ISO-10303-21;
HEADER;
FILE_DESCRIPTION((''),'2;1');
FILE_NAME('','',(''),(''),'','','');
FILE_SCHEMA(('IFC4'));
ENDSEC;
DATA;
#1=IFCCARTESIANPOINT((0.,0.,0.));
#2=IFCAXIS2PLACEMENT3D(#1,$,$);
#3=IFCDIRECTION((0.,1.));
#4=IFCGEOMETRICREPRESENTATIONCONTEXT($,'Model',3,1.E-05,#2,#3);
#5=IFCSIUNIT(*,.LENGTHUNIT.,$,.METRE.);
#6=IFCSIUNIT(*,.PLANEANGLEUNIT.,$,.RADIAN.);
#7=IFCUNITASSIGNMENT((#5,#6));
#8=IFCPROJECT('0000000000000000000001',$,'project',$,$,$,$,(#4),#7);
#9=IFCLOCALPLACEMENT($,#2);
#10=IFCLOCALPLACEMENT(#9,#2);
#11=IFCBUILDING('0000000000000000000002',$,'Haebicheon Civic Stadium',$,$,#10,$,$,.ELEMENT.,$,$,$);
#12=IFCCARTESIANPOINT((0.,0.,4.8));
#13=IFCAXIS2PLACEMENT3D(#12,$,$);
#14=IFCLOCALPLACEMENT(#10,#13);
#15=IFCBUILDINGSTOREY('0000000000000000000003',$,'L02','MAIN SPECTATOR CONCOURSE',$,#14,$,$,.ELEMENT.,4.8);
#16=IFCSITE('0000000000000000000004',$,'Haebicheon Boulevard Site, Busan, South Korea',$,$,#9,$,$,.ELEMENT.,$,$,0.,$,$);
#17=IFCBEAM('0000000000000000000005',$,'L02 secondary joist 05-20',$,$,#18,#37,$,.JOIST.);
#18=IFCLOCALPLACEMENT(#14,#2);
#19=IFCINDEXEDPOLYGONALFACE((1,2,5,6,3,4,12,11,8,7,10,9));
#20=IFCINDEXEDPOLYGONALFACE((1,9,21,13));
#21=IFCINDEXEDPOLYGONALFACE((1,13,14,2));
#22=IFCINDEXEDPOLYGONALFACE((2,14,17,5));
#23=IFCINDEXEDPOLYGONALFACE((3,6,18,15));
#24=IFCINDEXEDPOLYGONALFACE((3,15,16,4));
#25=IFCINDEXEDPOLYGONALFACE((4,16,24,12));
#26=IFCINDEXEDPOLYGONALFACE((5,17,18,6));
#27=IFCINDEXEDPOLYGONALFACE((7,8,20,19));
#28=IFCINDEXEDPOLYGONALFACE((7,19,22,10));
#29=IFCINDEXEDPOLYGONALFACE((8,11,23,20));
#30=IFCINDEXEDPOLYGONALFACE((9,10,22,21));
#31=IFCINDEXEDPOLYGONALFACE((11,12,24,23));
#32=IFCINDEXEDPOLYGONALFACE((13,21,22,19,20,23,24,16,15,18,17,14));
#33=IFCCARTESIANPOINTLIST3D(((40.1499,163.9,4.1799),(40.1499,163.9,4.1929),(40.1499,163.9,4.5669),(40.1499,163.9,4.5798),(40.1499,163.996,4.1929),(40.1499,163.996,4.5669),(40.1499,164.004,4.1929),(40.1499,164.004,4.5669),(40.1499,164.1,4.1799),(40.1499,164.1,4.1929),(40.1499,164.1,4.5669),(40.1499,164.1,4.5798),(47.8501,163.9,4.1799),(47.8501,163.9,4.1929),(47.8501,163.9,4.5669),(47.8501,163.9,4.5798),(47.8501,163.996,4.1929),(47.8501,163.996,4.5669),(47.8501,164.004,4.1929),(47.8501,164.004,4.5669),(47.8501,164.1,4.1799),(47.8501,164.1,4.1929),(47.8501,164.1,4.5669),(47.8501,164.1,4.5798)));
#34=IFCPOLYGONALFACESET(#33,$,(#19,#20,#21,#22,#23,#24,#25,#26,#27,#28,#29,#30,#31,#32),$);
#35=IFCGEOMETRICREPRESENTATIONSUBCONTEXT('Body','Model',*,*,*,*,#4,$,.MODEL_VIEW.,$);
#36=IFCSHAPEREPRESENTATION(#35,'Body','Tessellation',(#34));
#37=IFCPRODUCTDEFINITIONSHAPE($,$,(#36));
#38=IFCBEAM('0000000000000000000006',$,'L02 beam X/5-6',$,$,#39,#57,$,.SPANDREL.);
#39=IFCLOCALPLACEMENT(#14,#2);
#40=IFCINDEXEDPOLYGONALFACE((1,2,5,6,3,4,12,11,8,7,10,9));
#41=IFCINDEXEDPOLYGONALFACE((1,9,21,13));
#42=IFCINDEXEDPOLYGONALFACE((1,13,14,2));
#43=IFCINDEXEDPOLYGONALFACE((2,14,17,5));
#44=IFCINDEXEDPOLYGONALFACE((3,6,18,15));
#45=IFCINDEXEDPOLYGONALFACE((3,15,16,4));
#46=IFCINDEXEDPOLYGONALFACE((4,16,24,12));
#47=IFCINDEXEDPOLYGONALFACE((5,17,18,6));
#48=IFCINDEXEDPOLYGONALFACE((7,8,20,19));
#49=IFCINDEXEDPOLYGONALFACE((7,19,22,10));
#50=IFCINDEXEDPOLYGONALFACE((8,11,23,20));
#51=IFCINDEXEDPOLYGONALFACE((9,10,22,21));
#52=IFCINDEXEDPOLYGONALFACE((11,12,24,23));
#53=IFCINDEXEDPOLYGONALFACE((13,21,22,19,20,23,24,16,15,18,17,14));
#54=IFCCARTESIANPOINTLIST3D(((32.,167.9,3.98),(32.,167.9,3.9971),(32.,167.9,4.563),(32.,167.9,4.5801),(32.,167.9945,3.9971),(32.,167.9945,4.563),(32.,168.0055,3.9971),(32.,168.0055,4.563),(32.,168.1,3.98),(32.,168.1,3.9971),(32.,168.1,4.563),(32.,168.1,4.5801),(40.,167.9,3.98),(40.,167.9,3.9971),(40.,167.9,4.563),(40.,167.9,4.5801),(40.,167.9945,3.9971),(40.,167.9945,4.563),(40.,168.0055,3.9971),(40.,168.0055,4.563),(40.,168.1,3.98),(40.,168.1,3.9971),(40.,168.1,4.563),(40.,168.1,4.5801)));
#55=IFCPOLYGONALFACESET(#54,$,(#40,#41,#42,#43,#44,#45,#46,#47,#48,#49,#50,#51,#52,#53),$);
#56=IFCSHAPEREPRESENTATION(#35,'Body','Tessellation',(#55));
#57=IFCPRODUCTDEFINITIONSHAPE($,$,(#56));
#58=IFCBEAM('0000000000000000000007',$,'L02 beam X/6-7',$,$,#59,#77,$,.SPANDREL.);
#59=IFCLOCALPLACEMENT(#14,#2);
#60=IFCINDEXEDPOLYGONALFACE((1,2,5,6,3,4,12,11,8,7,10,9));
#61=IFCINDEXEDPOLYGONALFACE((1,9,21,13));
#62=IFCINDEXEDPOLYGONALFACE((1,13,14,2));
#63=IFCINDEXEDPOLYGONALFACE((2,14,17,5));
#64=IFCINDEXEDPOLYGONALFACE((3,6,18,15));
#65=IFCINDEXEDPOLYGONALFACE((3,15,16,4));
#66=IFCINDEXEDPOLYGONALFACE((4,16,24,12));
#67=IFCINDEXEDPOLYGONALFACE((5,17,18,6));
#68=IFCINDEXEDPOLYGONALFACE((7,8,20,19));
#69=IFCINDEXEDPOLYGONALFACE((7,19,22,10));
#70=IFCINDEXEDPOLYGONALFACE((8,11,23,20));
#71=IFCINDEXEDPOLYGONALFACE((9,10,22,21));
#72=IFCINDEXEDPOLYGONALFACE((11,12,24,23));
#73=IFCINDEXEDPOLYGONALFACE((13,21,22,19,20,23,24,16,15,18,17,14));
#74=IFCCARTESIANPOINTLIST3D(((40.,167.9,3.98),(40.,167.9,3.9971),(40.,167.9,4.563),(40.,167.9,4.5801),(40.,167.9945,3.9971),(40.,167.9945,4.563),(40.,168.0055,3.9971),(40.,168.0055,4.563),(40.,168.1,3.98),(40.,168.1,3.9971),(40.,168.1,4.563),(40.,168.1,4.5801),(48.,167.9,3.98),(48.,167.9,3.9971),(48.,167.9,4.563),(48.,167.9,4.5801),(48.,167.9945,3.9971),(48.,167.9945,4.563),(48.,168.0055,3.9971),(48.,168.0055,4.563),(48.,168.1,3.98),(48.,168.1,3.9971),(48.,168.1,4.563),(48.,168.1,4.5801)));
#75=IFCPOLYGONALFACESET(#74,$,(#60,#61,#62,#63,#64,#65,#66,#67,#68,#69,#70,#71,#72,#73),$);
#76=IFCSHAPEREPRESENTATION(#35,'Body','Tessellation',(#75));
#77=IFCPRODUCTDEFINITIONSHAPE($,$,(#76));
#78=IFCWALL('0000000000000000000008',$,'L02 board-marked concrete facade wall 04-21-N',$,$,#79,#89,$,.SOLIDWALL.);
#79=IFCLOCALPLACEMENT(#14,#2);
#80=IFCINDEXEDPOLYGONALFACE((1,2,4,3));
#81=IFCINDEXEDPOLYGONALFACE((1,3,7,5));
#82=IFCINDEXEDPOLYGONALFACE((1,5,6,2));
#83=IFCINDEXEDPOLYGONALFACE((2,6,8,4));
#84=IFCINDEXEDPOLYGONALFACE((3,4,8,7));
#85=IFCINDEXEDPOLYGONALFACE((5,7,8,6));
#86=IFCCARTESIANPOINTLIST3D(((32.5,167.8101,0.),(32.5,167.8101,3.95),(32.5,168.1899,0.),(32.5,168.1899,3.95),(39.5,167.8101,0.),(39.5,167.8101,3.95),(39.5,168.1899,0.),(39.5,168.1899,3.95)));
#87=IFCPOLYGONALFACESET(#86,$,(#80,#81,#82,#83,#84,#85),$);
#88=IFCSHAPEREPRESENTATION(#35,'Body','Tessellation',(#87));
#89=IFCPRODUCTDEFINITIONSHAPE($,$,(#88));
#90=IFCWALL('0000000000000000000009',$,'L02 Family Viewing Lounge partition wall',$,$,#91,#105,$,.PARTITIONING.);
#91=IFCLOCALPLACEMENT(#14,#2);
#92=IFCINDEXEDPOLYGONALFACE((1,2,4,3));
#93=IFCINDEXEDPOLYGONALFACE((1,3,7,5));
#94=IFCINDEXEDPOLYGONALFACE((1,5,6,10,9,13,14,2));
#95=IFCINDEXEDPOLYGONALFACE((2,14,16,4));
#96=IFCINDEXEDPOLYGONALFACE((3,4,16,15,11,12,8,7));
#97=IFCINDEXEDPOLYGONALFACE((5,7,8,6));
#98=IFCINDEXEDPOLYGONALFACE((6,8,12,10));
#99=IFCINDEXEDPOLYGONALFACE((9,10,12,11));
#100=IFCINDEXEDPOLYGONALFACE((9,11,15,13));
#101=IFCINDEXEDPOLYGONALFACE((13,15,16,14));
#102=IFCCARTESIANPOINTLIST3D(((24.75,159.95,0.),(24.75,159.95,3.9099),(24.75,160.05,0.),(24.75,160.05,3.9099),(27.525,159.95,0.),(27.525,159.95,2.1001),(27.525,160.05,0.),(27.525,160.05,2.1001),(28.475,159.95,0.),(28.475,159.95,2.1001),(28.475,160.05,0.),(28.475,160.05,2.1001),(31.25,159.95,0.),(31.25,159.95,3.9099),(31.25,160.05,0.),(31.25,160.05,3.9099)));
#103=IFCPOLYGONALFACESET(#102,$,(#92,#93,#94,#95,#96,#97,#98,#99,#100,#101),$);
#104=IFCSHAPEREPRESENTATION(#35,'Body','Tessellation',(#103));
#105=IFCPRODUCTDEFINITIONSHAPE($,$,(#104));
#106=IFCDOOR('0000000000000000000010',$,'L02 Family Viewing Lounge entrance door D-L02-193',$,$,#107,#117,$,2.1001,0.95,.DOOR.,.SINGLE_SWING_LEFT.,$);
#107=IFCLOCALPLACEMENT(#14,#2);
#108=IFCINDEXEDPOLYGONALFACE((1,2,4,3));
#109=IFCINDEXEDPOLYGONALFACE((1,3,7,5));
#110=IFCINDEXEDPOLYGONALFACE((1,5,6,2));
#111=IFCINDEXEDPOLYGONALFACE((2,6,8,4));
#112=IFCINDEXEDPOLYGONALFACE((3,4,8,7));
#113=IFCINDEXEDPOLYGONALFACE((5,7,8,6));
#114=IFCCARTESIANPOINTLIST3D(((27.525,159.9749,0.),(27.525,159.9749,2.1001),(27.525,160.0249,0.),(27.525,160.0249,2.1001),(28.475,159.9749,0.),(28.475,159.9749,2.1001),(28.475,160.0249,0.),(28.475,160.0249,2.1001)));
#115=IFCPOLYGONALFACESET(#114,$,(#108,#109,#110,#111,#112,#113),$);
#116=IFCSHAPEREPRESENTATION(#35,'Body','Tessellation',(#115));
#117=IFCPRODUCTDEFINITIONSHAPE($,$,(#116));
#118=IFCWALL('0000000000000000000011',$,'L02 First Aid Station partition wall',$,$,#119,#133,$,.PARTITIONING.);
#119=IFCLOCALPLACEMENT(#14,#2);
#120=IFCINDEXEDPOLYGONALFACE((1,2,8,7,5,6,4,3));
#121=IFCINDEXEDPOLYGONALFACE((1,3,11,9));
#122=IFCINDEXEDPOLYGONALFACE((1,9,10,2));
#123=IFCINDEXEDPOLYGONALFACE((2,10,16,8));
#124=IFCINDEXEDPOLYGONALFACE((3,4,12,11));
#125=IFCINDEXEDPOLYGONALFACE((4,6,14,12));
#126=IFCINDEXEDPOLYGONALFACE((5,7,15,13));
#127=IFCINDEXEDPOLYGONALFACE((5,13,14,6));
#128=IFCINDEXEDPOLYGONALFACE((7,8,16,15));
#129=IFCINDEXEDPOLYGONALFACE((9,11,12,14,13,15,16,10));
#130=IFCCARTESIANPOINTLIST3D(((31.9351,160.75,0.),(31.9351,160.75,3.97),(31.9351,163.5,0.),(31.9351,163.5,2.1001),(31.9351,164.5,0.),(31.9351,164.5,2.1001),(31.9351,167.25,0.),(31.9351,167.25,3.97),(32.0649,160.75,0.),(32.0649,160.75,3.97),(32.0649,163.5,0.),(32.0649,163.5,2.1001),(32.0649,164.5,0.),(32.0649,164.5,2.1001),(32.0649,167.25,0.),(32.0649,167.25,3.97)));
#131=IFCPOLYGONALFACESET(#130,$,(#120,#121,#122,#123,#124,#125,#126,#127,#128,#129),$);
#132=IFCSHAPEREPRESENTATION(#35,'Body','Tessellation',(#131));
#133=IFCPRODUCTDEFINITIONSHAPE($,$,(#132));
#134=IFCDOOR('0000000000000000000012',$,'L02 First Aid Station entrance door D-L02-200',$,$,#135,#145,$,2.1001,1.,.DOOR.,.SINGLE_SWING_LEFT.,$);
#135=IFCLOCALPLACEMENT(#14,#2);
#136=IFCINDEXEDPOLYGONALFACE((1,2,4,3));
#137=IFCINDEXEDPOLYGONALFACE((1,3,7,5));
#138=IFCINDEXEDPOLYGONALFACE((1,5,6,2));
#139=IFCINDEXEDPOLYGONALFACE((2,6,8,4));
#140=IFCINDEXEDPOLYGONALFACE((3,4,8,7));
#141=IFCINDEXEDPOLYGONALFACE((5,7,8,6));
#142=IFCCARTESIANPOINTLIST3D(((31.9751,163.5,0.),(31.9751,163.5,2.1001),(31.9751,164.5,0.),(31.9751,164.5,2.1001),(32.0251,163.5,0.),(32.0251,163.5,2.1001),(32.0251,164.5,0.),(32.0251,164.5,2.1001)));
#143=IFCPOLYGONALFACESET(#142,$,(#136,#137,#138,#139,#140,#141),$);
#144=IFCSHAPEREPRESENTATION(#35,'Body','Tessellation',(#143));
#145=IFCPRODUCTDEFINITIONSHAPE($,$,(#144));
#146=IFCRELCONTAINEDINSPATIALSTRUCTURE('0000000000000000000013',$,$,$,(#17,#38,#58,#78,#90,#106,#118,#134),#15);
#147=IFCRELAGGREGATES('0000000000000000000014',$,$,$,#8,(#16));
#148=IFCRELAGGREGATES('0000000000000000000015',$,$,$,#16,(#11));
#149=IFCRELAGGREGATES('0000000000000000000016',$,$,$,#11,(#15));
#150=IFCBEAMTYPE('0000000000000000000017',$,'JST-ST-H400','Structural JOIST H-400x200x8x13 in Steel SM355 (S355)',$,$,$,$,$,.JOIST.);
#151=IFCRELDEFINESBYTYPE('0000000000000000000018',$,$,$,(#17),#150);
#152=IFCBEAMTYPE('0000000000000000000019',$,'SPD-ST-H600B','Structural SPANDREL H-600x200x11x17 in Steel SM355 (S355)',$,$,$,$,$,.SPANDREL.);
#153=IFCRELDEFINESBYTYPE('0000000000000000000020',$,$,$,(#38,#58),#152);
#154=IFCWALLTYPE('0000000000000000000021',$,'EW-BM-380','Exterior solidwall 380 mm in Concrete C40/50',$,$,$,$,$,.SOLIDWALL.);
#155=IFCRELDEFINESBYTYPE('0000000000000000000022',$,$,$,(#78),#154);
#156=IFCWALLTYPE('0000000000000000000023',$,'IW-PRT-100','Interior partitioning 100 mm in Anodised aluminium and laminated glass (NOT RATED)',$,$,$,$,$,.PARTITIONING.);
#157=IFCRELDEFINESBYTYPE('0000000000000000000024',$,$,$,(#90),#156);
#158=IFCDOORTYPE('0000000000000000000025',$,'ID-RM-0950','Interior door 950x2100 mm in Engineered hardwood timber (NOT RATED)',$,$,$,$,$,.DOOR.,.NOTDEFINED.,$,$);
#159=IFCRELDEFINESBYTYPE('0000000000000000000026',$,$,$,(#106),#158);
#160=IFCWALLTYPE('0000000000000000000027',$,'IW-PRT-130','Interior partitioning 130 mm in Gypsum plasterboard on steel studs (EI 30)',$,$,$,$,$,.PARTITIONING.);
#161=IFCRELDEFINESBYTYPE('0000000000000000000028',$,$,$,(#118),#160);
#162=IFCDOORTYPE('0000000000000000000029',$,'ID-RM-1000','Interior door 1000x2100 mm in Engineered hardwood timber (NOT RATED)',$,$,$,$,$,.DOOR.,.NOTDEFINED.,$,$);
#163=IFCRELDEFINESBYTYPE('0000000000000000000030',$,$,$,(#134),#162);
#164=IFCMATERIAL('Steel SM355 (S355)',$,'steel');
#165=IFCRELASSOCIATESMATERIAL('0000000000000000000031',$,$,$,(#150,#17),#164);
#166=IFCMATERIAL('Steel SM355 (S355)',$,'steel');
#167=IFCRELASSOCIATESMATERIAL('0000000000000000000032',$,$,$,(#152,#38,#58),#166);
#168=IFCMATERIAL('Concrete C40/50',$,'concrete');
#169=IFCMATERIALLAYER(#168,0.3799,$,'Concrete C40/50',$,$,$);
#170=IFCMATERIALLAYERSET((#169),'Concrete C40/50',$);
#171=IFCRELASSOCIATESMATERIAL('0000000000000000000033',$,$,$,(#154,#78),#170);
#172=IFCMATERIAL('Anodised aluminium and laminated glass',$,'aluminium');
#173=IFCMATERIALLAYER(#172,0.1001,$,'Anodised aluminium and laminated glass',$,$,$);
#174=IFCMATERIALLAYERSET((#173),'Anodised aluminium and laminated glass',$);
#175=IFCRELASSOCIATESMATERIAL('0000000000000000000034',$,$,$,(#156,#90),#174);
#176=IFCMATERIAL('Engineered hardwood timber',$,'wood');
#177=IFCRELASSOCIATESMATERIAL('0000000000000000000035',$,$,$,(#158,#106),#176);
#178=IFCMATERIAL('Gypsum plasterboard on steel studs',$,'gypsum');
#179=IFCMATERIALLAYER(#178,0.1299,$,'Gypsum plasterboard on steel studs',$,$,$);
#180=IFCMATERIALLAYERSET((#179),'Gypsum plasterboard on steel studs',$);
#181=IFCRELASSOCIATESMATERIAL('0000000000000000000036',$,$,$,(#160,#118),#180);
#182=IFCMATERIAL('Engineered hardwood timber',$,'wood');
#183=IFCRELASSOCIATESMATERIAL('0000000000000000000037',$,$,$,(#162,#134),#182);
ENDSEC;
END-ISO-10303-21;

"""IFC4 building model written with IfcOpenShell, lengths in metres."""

from ifc_helpers import new_model, si_unit, direction, frame, frame_2d, origin, origin_2d, place, context, subcontext, project, spatial, rectangle, i_section, extrude, material, layer, layer_set, material_profile, profile_set, type_object, element, fill, save


model = new_model("IFC4")

# Units and contexts
model_context = context("Model", 3, precision=1e-05, world=origin(), true_north=direction((0.0, 1.0)))
body_context = subcontext(model_context, "Body", "Model", "MODEL_VIEW")
ifc_project = project(units=[si_unit("LENGTHUNIT", "METRE"), si_unit("PLANEANGLEUNIT", "RADIAN")], contexts=[model_context])

# Site, building, storey
site_placement = place(None, origin())
site = spatial("IfcSite", under=ifc_project, at=site_placement, Name="Haebicheon Boulevard Site, Busan, South Korea", CompositionType="ELEMENT", RefElevation=0.0)
building_placement = place(site_placement, origin())
building = spatial("IfcBuilding", under=site, at=building_placement, Name="Haebicheon Civic Stadium", CompositionType="ELEMENT")
storey_placement = place(building_placement, frame((0.0, 0.0, 4.8)))
storey = spatial("IfcBuildingStorey", under=building, at=storey_placement, Name="L02", Description="MAIN SPECTATOR CONCOURSE", CompositionType="ELEMENT", Elevation=4.8)

# Beams
ifc_material_1 = material(Name="Steel SM355 (S355)", Category="steel")
ifc_material_profile_1 = material_profile(ifc_material_1, i_section(OverallWidth=0.2, OverallDepth=0.3999, WebThickness=0.0081, FlangeThickness=0.0129, at=origin_2d()), Name="H-400x200x8x13")
ifc_profile_set_1 = profile_set([ifc_material_profile_1], Name="Steel SM355 (S355)")
beam_type_1 = type_object("IfcBeamType", Name="JST-ST-H400", Description="Structural JOIST H-400x200x8x13 in Steel SM355 (S355)", PredefinedType="JOIST", material=ifc_profile_set_1)
for number, where, z_axis, x_axis, name in (
    (1, (40.1499, 164.0, 4.3799), (1.0, 0.0, 0.0), (0.0, 1.0, 0.0), "L02 secondary joist 05-20"),
):
    element("IfcBeam", number, at=place(storey_placement, frame(where, z_axis=z_axis, x_axis=x_axis)), inside=storey, type_object=beam_type_1, material=ifc_profile_set_1, Name=name, PredefinedType="JOIST", context=body_context, shape_type="SweptSolid", body=[
        extrude(i_section(OverallWidth=0.2, OverallDepth=0.3999, WebThickness=0.0081, FlangeThickness=0.0129, at=origin_2d()), origin(), (0.0, 0.0, 1.0), 7.7002),
    ])
ifc_material_2 = material(Name="Steel SM355 (S355)", Category="steel")
ifc_material_profile_2 = material_profile(ifc_material_2, i_section(OverallWidth=0.2, OverallDepth=0.6001, WebThickness=0.011, FlangeThickness=0.0171, at=origin_2d()), Name="H-600x200x11x17")
ifc_profile_set_2 = profile_set([ifc_material_profile_2], Name="Steel SM355 (S355)")
beam_type_2 = type_object("IfcBeamType", Name="SPD-ST-H600B", Description="Structural SPANDREL H-600x200x11x17 in Steel SM355 (S355)", PredefinedType="SPANDREL", material=ifc_profile_set_2)
for number, where, z_axis, x_axis, name in (
    (2, (32.0, 168.0, 4.28), (1.0, 0.0, 0.0), (0.0, 1.0, 0.0), "L02 beam X/5-6"),
    (3, (40.0, 168.0, 4.28), (1.0, 0.0, 0.0), (0.0, 1.0, 0.0), "L02 beam X/6-7"),
):
    element("IfcBeam", number, at=place(storey_placement, frame(where, z_axis=z_axis, x_axis=x_axis)), inside=storey, type_object=beam_type_2, material=ifc_profile_set_2, Name=name, PredefinedType="SPANDREL", context=body_context, shape_type="SweptSolid", body=[
        extrude(i_section(OverallWidth=0.2, OverallDepth=0.6001, WebThickness=0.011, FlangeThickness=0.0171, at=origin_2d()), origin(), (0.0, 0.0, 1.0), 8.0),
    ])

# Wall
ifc_material_3 = material(Name="Concrete C40/50", Category="concrete")
ifc_layer_1 = layer(ifc_material_3, 0.3799, Name="Concrete C40/50")
ifc_layer_set_1 = layer_set([ifc_layer_1], Name="Concrete C40/50")
wall_type_1 = type_object("IfcWallType", Name="EW-BM-380", Description="Exterior solidwall 380 mm in Concrete C40/50", PredefinedType="SOLIDWALL", material=ifc_layer_set_1)
wall_1_placement = place(storey_placement, frame((32.5, 168.0, 0.0), z_axis=(0.0, 0.0, 1.0), x_axis=(1.0, 0.0, 0.0)))
element("IfcWall", 4, at=wall_1_placement, inside=storey, type_object=wall_type_1, material=ifc_layer_set_1, Name="L02 board-marked concrete facade wall 04-21-N", PredefinedType="SOLIDWALL", context=body_context, shape_type="SweptSolid", body=[
    extrude(rectangle(XDim=7.0, YDim=0.3799, at=frame_2d((3.5, 0.0))), origin(), (0.0, 0.0, 1.0), 3.95),
])

# Walls, openings, doors
ifc_material_4 = material(Name="Anodised aluminium and laminated glass", Category="aluminium")
ifc_layer_2 = layer(ifc_material_4, 0.1001, Name="Anodised aluminium and laminated glass")
ifc_layer_set_2 = layer_set([ifc_layer_2], Name="Anodised aluminium and laminated glass")
wall_type_2 = type_object("IfcWallType", Name="IW-PRT-100", Description="Interior partitioning 100 mm in Anodised aluminium and laminated glass (NOT RATED)", PredefinedType="PARTITIONING", material=ifc_layer_set_2)
wall_2_placement = place(storey_placement, frame((24.75, 160.0, 0.0), z_axis=(0.0, 0.0, 1.0), x_axis=(1.0, 0.0, 0.0)))
wall_2 = element("IfcWall", 5, at=wall_2_placement, inside=storey, type_object=wall_type_2, material=ifc_layer_set_2, Name="L02 Family Viewing Lounge partition wall", PredefinedType="PARTITIONING", context=body_context, shape_type="SweptSolid", body=[
    extrude(rectangle(XDim=6.5, YDim=0.1001, at=frame_2d((3.25, 0.0))), origin(), (0.0, 0.0, 1.0), 3.9099),
])
opening_1_placement = place(wall_2_placement, frame((2.7749, 0.0, 0.0)))
opening_1 = element("IfcOpeningElement", 6, at=opening_1_placement, cuts=wall_2, PredefinedType="OPENING", context=body_context, shape_type="SweptSolid", body=[
    extrude(rectangle(XDim=0.95, YDim=2.1001, at=frame_2d((0.4751, 1.05))), frame((0.0, 0.0601, 0.0), z_axis=(0.0, -1.0, 0.0), x_axis=(1.0, 0.0, 0.0)), (0.0, 0.0, 1.0), 0.1201),
])
ifc_material_5 = material(Name="Engineered hardwood timber", Category="wood")
door_type_1 = type_object("IfcDoorType", Name="ID-RM-0950", Description="Interior door 950x2100 mm in Engineered hardwood timber (NOT RATED)", OperationType="NOTDEFINED", PredefinedType="DOOR", material=ifc_material_5)
door_1_placement = place(opening_1_placement, origin())
door_1 = element("IfcDoor", 7, at=door_1_placement, inside=storey, type_object=door_type_1, material=ifc_material_5, Name="L02 Family Viewing Lounge entrance door D-L02-193", OperationType="SINGLE_SWING_LEFT", OverallHeight=2.1001, OverallWidth=0.95, PredefinedType="DOOR", context=body_context, shape_type="SweptSolid", body=[
    extrude(rectangle(XDim=0.95, YDim=2.1001, at=frame_2d((0.4751, 1.05))), frame((0.0, 0.0249, 0.0), z_axis=(0.0, -1.0, 0.0), x_axis=(1.0, 0.0, 0.0)), (0.0, 0.0, 1.0), 0.05),
])
fill(opening_1, door_1)
ifc_material_6 = material(Name="Gypsum plasterboard on steel studs", Category="gypsum")
ifc_layer_3 = layer(ifc_material_6, 0.1299, Name="Gypsum plasterboard on steel studs")
ifc_layer_set_3 = layer_set([ifc_layer_3], Name="Gypsum plasterboard on steel studs")
wall_type_3 = type_object("IfcWallType", Name="IW-PRT-130", Description="Interior partitioning 130 mm in Gypsum plasterboard on steel studs (EI 30)", PredefinedType="PARTITIONING", material=ifc_layer_set_3)
wall_3_placement = place(storey_placement, frame((32.0, 160.75, 0.0), z_axis=(0.0, 0.0, 1.0), x_axis=(0.0, 1.0, 0.0)))
wall_3 = element("IfcWall", 8, at=wall_3_placement, inside=storey, type_object=wall_type_3, material=ifc_layer_set_3, Name="L02 First Aid Station partition wall", PredefinedType="PARTITIONING", context=body_context, shape_type="SweptSolid", body=[
    extrude(rectangle(XDim=6.5, YDim=0.1299, at=frame_2d((3.25, 0.0))), origin(), (0.0, 0.0, 1.0), 3.97),
])
opening_2_placement = place(wall_3_placement, frame((2.75, 0.0, 0.0)))
opening_2 = element("IfcOpeningElement", 9, at=opening_2_placement, cuts=wall_3, PredefinedType="OPENING", context=body_context, shape_type="SweptSolid", body=[
    extrude(rectangle(XDim=1.0, YDim=2.1001, at=frame_2d((0.5, 1.05))), frame((0.0, 0.075, 0.0), z_axis=(0.0, -1.0, 0.0), x_axis=(1.0, 0.0, 0.0)), (0.0, 0.0, 1.0), 0.1499),
])
ifc_material_7 = material(Name="Engineered hardwood timber", Category="wood")
door_type_2 = type_object("IfcDoorType", Name="ID-RM-1000", Description="Interior door 1000x2100 mm in Engineered hardwood timber (NOT RATED)", OperationType="NOTDEFINED", PredefinedType="DOOR", material=ifc_material_7)
door_2_placement = place(opening_2_placement, origin())
door_2 = element("IfcDoor", 10, at=door_2_placement, inside=storey, type_object=door_type_2, material=ifc_material_7, Name="L02 First Aid Station entrance door D-L02-200", OperationType="SINGLE_SWING_LEFT", OverallHeight=2.1001, OverallWidth=1.0, PredefinedType="DOOR", context=body_context, shape_type="SweptSolid", body=[
    extrude(rectangle(XDim=1.0, YDim=2.1001, at=frame_2d((0.5, 1.05))), frame((0.0, 0.0249, 0.0), z_axis=(0.0, -1.0, 0.0), x_axis=(1.0, 0.0, 0.0)), (0.0, 0.0, 1.0), 0.05),
])
fill(opening_2, door_2)

save(model, "model.ifc")
